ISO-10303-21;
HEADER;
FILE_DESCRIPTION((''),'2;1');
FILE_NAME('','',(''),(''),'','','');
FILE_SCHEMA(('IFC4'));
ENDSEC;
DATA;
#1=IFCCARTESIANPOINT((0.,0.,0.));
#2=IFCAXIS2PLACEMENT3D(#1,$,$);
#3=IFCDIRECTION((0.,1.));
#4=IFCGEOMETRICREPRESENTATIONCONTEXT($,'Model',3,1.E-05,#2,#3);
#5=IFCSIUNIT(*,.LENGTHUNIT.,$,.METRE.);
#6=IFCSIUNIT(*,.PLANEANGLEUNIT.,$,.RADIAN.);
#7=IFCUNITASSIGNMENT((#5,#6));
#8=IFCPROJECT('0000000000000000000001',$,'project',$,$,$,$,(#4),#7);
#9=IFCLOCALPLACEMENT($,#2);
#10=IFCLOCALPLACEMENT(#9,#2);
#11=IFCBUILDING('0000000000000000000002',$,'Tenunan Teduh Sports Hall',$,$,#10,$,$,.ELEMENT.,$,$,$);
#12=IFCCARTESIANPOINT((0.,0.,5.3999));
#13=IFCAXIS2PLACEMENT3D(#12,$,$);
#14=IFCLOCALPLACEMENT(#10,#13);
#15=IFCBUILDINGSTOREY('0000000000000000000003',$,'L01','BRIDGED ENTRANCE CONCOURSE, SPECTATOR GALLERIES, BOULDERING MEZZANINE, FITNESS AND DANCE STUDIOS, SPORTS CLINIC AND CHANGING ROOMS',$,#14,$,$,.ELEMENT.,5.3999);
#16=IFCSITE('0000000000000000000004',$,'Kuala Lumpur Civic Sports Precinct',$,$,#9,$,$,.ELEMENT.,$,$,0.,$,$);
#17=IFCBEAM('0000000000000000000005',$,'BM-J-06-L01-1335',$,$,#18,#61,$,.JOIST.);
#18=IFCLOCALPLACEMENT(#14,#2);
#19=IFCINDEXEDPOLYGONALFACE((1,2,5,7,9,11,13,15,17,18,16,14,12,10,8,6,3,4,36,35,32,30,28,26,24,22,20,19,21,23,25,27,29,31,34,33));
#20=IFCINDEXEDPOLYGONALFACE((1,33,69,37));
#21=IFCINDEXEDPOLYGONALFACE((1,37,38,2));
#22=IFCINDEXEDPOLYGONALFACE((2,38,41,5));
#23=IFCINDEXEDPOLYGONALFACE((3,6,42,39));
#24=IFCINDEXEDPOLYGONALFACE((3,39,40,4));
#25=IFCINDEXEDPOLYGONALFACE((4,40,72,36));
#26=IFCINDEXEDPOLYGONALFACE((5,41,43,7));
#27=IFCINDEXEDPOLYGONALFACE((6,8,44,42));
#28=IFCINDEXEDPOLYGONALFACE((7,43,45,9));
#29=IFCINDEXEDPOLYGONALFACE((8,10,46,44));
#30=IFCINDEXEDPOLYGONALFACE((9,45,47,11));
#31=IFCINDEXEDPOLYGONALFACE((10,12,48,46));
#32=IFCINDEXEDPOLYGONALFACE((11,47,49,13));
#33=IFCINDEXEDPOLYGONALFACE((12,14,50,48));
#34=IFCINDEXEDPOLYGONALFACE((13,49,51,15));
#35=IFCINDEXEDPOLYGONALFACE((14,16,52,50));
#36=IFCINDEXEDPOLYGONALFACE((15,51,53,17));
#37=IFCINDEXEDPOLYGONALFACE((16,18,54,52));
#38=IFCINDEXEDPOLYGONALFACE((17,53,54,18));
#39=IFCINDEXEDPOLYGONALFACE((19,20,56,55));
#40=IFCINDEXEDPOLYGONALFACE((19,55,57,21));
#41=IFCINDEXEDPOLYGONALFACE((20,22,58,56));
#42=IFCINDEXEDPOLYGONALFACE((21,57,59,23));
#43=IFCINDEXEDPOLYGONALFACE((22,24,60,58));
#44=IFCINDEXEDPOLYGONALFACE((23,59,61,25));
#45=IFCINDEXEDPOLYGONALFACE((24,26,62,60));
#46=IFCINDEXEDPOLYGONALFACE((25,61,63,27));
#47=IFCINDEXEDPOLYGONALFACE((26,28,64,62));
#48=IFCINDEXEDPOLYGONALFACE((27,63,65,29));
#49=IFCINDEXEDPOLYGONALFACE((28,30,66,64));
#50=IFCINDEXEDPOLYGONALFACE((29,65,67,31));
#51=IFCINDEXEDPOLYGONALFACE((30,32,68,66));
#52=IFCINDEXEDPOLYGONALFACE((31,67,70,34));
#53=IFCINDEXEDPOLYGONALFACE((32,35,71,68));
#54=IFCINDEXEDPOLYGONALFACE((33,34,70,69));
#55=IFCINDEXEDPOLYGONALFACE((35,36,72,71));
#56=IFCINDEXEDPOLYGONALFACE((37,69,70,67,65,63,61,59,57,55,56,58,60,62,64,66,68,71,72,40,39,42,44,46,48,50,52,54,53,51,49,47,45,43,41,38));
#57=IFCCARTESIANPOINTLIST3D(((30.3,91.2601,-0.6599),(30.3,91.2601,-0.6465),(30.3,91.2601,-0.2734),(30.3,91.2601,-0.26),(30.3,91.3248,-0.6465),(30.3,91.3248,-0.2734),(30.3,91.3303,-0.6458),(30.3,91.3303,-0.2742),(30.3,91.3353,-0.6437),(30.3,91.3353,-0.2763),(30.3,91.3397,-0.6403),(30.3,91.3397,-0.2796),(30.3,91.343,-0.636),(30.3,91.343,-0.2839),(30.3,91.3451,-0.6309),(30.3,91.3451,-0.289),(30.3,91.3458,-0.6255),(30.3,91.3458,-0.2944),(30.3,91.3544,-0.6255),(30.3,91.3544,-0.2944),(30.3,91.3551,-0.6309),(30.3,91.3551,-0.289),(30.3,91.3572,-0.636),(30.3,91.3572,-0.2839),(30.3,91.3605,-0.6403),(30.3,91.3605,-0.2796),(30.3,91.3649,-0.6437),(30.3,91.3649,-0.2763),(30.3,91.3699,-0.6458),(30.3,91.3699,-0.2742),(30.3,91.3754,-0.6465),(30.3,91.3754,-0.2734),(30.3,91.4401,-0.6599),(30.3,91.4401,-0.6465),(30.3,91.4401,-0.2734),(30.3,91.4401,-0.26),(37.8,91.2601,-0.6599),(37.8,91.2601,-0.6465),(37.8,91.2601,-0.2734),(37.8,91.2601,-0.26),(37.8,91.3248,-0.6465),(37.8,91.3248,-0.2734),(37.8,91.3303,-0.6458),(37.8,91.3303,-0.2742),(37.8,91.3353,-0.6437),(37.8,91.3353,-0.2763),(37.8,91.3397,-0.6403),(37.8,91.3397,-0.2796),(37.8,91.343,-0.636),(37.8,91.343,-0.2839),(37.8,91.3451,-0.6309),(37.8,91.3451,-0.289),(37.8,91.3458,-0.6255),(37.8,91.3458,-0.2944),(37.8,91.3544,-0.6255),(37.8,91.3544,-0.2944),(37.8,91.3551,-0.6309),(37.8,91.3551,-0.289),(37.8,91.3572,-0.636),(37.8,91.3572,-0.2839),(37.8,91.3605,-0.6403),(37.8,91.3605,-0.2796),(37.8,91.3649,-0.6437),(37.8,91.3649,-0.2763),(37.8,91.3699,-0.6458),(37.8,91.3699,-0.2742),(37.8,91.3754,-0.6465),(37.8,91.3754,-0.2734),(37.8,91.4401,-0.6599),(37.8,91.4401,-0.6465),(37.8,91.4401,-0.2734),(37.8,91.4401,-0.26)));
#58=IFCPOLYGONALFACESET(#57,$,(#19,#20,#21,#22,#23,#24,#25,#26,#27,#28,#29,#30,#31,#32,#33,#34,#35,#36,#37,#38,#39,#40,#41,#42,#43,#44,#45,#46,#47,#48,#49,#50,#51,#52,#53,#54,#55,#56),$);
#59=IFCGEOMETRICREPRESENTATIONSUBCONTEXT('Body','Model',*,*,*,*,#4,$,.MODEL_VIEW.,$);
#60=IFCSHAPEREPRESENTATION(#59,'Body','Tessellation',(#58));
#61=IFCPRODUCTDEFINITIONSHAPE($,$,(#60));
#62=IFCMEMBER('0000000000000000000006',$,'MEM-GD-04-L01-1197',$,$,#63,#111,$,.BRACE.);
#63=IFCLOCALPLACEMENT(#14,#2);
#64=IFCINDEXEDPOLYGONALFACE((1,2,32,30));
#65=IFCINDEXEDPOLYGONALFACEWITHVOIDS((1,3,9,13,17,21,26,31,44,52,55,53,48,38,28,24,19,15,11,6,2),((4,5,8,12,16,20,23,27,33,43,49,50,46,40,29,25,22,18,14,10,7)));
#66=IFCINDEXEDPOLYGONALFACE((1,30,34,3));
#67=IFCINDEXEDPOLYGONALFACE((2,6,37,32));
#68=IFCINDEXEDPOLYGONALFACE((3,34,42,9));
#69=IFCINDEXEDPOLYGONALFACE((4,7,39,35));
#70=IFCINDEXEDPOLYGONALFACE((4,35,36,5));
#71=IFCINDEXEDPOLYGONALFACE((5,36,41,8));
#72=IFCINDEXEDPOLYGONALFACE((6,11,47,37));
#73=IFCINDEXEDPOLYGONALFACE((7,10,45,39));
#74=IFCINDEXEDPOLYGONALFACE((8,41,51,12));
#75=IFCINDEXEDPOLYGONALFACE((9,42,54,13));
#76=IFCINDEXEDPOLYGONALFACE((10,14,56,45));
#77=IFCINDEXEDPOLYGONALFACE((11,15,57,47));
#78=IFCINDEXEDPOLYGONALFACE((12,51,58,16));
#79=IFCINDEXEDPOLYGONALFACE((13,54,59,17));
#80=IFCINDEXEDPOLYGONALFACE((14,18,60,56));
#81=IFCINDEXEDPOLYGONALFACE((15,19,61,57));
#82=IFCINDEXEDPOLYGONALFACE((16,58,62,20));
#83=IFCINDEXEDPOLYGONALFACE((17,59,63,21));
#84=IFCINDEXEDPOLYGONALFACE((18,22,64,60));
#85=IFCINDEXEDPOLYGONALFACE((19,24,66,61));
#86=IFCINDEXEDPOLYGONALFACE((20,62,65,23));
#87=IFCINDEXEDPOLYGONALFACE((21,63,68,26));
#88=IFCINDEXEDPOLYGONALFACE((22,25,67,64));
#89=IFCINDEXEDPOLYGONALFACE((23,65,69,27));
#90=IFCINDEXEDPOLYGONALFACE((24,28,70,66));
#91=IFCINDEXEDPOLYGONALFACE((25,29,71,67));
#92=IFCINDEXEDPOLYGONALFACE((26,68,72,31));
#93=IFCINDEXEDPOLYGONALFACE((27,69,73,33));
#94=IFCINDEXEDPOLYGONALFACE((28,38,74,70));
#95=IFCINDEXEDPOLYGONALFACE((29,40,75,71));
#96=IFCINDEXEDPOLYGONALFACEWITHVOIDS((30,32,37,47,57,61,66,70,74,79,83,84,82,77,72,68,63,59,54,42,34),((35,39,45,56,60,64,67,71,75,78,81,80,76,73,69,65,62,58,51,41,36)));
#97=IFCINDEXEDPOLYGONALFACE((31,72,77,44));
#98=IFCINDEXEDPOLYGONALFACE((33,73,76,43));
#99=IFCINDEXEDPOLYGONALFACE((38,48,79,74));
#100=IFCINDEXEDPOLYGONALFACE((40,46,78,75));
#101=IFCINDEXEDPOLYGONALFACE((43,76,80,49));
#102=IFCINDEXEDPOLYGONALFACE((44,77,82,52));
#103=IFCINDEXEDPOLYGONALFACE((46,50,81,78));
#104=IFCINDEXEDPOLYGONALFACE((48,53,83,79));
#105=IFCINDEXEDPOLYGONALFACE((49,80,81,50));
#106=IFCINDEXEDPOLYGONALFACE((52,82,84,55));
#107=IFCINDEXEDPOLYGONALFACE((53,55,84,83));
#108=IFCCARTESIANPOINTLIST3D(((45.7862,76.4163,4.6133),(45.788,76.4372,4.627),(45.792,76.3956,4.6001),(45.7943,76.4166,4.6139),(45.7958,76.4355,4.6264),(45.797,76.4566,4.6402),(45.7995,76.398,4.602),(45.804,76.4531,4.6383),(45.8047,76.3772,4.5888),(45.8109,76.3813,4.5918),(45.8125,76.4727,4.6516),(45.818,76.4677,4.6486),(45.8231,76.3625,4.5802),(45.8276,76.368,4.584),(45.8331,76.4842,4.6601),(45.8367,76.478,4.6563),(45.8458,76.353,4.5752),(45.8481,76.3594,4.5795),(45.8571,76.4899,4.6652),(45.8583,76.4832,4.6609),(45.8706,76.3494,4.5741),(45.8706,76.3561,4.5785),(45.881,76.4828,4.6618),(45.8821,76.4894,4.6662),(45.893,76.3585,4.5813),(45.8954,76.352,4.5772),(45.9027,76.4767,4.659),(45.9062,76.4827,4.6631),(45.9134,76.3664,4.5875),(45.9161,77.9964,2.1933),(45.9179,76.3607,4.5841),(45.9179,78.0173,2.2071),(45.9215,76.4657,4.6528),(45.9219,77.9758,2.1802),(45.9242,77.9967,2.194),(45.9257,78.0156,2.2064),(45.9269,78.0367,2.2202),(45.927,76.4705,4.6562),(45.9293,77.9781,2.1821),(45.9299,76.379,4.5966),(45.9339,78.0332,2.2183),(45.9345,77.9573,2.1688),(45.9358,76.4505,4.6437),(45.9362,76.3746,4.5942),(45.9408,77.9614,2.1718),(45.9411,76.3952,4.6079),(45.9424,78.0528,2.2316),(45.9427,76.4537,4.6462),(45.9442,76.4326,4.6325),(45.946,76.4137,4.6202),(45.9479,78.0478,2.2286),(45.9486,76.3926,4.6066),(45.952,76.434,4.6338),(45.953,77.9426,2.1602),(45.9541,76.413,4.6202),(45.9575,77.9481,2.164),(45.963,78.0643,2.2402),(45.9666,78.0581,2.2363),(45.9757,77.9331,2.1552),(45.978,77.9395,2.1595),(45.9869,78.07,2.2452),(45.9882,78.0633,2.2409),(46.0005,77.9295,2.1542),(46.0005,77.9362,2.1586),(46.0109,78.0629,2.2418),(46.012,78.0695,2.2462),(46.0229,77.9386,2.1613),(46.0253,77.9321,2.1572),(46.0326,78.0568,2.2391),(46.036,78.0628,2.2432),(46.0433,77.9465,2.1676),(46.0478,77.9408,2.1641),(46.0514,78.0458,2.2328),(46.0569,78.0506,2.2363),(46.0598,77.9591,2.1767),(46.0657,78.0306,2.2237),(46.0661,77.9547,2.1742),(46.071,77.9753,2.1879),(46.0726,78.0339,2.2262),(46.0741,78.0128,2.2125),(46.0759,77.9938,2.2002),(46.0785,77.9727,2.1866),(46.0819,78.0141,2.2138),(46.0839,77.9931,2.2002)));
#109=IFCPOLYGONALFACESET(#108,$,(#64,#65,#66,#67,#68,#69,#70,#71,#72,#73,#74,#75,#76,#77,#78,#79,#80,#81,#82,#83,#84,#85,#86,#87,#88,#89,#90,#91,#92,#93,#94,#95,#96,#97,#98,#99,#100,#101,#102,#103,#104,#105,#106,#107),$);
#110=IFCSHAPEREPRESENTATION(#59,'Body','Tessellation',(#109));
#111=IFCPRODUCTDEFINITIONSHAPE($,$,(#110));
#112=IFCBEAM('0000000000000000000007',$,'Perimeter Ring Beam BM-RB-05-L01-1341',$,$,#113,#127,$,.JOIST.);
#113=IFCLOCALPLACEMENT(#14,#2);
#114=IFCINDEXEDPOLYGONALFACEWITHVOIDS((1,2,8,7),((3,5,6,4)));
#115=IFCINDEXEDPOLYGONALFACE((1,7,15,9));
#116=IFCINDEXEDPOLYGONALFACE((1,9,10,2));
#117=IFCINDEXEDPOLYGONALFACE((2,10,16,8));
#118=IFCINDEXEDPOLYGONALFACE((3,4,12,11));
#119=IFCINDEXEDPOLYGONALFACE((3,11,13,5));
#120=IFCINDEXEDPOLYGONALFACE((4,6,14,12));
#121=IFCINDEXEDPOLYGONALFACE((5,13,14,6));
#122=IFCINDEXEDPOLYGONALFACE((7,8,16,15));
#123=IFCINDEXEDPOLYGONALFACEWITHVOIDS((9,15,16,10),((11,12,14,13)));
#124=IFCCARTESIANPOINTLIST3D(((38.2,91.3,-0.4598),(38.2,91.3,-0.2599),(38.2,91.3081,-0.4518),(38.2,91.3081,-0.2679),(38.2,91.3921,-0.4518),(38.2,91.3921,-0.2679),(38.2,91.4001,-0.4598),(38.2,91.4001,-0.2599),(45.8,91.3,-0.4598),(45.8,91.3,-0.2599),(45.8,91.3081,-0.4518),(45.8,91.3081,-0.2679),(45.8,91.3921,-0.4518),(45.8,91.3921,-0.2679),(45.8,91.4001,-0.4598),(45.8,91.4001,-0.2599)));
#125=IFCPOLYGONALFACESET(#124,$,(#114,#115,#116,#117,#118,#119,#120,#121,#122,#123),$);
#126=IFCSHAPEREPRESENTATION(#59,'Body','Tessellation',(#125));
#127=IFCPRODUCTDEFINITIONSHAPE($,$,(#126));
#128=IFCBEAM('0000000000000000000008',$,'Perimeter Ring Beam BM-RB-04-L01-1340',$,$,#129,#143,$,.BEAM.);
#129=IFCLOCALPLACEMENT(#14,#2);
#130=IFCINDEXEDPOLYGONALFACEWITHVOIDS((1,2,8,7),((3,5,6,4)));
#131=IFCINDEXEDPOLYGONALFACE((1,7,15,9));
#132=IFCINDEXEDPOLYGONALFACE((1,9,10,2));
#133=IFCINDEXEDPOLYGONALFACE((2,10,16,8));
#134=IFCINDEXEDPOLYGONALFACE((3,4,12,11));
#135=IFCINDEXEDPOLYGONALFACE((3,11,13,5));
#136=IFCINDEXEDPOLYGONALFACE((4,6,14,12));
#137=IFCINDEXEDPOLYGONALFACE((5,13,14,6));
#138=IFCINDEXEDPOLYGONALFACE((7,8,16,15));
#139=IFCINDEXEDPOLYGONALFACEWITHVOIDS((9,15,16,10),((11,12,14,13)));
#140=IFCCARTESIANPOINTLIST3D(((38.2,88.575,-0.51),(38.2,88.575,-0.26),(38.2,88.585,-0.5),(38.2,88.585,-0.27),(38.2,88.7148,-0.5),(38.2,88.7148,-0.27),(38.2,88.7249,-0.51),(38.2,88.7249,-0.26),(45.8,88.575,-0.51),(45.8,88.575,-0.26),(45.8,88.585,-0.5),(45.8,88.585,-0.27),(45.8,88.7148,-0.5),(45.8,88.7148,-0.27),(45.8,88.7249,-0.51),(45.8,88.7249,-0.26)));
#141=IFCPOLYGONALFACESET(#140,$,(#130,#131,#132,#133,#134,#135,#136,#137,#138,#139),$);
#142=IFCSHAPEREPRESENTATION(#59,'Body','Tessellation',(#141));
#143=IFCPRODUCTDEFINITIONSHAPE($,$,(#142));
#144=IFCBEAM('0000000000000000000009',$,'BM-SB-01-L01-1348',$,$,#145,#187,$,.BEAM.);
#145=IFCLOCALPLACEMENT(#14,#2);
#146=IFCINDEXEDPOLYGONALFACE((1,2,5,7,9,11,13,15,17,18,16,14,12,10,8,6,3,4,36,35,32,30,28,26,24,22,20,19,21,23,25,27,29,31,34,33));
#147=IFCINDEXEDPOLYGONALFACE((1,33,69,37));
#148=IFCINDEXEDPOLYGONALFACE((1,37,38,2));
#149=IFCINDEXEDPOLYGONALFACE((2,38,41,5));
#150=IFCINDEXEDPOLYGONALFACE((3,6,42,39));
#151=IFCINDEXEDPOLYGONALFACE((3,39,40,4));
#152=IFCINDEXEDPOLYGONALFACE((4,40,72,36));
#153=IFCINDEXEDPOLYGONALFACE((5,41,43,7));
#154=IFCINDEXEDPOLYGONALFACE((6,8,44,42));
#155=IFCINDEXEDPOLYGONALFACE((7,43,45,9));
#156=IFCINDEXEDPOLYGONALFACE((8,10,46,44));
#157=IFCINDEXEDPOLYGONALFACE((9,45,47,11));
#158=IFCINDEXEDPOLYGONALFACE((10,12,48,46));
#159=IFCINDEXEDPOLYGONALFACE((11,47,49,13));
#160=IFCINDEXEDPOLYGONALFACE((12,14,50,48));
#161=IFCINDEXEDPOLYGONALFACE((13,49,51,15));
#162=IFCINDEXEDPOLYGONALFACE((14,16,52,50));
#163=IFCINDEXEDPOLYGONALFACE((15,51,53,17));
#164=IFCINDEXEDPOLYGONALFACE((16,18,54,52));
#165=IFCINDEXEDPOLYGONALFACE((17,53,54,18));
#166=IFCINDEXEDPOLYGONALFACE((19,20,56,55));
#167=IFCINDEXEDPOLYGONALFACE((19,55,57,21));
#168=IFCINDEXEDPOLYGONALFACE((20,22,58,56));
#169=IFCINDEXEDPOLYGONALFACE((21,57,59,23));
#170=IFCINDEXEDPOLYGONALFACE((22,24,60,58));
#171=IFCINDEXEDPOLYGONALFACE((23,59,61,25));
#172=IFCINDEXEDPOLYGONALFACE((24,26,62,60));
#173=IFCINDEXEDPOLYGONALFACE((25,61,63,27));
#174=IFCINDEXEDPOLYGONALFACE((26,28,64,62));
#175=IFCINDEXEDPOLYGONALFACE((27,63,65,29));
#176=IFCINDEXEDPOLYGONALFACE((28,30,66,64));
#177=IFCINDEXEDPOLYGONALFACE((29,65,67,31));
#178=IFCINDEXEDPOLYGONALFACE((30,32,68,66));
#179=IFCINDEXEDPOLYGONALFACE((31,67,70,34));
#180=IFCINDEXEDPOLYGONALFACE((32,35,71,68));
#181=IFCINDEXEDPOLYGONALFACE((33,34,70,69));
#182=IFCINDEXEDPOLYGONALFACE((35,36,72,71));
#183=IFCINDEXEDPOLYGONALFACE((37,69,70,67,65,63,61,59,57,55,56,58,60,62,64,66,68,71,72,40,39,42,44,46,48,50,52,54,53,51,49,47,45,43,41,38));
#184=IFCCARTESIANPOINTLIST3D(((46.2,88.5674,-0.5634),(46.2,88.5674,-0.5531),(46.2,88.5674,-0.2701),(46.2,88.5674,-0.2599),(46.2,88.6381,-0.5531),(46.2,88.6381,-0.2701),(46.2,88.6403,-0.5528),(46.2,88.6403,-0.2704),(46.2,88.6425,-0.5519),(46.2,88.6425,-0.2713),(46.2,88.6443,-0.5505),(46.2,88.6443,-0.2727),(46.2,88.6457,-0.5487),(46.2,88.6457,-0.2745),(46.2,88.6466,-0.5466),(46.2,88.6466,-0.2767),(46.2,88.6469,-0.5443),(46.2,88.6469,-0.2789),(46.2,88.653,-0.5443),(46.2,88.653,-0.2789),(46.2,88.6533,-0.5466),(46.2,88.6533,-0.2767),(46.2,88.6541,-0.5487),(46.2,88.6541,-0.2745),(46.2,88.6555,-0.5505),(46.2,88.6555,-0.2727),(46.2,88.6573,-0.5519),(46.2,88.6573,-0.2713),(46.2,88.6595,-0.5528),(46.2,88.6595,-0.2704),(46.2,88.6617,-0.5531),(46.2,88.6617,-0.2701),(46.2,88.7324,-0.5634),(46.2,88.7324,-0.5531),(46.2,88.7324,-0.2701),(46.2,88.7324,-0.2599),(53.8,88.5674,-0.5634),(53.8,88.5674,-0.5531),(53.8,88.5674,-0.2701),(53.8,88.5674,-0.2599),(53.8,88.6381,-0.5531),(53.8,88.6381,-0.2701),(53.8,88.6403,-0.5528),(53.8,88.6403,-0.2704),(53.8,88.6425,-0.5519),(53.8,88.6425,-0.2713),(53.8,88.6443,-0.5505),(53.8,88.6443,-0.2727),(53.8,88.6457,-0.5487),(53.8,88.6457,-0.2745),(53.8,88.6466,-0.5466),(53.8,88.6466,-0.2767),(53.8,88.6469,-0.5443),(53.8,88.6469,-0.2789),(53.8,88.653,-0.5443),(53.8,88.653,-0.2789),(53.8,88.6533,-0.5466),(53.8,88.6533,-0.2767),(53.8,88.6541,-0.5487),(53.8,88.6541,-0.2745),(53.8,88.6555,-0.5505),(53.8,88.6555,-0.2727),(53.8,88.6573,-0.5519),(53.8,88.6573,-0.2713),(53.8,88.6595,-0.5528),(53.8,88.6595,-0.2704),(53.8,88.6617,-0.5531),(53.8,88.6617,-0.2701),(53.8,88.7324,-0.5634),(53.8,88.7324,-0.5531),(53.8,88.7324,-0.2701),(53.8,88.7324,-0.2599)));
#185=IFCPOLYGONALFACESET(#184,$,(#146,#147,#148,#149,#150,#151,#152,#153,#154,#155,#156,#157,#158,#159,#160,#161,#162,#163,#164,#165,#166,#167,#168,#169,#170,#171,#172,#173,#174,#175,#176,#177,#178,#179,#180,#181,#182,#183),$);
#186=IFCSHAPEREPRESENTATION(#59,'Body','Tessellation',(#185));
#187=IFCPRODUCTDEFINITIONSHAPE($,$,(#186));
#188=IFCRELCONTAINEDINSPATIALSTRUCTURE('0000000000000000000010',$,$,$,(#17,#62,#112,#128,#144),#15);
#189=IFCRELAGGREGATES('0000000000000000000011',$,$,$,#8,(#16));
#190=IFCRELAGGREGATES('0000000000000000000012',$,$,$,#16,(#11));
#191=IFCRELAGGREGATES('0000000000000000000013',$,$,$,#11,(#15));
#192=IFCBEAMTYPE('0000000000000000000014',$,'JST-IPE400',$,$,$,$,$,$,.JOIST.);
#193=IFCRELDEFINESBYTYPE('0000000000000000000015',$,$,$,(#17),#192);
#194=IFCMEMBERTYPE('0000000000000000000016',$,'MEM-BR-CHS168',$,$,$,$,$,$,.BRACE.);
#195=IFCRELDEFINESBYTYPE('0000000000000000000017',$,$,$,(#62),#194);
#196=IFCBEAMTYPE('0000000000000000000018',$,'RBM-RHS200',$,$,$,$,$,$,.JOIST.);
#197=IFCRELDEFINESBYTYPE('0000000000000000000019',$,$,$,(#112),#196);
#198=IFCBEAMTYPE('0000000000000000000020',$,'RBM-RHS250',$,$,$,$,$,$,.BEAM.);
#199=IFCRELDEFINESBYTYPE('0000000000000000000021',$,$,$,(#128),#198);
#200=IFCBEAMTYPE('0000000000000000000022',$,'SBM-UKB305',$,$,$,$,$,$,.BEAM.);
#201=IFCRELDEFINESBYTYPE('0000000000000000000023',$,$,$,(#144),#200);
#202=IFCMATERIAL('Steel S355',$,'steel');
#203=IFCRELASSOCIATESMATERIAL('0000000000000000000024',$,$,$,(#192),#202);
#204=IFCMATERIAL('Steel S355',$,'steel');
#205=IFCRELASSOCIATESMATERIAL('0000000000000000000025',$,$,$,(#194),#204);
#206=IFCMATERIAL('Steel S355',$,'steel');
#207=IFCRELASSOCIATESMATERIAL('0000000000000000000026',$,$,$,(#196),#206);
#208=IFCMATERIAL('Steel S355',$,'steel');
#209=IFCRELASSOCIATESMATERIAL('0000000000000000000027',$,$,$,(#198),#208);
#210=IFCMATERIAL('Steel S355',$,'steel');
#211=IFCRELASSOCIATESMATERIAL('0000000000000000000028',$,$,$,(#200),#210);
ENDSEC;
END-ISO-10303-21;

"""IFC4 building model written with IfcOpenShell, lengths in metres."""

from ifc_helpers import new_model, si_unit, direction, frame, origin, origin_2d, place, context, subcontext, project, spatial, hollow_rectangle, hollow_circle, i_section, extrude, material, material_profile, profile_set, type_object, element, save


model = new_model("IFC4")

# Units and contexts
model_context = context("Model", 3, precision=1e-05, world=origin(), true_north=direction((0.0, 1.0)))
body_context = subcontext(model_context, "Body", "Model", "MODEL_VIEW")
ifc_project = project(units=[si_unit("LENGTHUNIT", "METRE"), si_unit("PLANEANGLEUNIT", "RADIAN")], contexts=[model_context])

# Site, building, storey
site_placement = place(None, origin())
site = spatial("IfcSite", under=ifc_project, at=site_placement, Name="Kuala Lumpur Civic Sports Precinct", CompositionType="ELEMENT", RefElevation=0.0)
building_placement = place(site_placement, origin())
building = spatial("IfcBuilding", under=site, at=building_placement, Name="Tenunan Teduh Sports Hall", CompositionType="ELEMENT")
storey_placement = place(building_placement, frame((0.0, 0.0, 5.3999)))
storey = spatial("IfcBuildingStorey", under=building, at=storey_placement, Name="L01", Description="BRIDGED ENTRANCE CONCOURSE, SPECTATOR GALLERIES, BOULDERING MEZZANINE, FITNESS AND DANCE STUDIOS, SPORTS CLINIC AND CHANGING ROOMS", CompositionType="ELEMENT", Elevation=5.3999)

# Beam
ifc_material_1 = material(Name="Steel S355", Category="steel")
ifc_material_profile_1 = material_profile(ifc_material_1, i_section(OverallWidth=0.1799, OverallDepth=0.3999, WebThickness=0.0085, FlangeThickness=0.0134, FilletRadius=0.021, at=origin_2d()), Name="IPE 400")
ifc_profile_set_1 = profile_set([ifc_material_profile_1], Name="Steel S355")
beam_type_1 = type_object("IfcBeamType", Name="JST-IPE400", PredefinedType="JOIST", material=ifc_profile_set_1)
beam_1_placement = place(storey_placement, frame((30.3, 91.3501, -0.46), z_axis=(1.0, 0.0, 0.0), x_axis=(0.0, 1.0, 0.0)))
element("IfcBeam", 1, at=beam_1_placement, inside=storey, type_object=beam_type_1, Name="BM-J-06-L01-1335", PredefinedType="JOIST", context=body_context, shape_type="SweptSolid", body=[
    extrude(i_section(OverallWidth=0.1799, OverallDepth=0.3999, WebThickness=0.0085, FlangeThickness=0.0134, FilletRadius=0.021, at=origin_2d()), origin(), (0.0, 0.0, 1.0), 7.5),
])

# Member
ifc_material_2 = material(Name="Steel S355", Category="steel")
ifc_material_profile_2 = material_profile(ifc_material_2, hollow_circle(Radius=0.0842, WallThickness=0.0081, at=origin_2d()), Name="CHS 168.3x8.0")
ifc_profile_set_2 = profile_set([ifc_material_profile_2], Name="Steel S355")
member_type_1 = type_object("IfcMemberType", Name="MEM-BR-CHS168", PredefinedType="BRACE", material=ifc_profile_set_2)
member_1_placement = place(storey_placement, frame((46.0, 78.0, 2.2002), z_axis=(-0.044895, -0.54617, 0.83647), x_axis=(0.996639, -0.081924, 0.0)))
element("IfcMember", 2, at=member_1_placement, inside=storey, type_object=member_type_1, Name="MEM-GD-04-L01-1197", PredefinedType="BRACE", context=body_context, shape_type="SweptSolid", body=[
    extrude(hollow_circle(Radius=0.0842, WallThickness=0.0081, at=origin_2d()), origin(), (0.0, 0.0, 1.0), 2.8931),
])

# Beams
ifc_material_3 = material(Name="Steel S355", Category="steel")
ifc_material_profile_3 = material_profile(ifc_material_3, hollow_rectangle(XDim=0.1001, YDim=0.2, WallThickness=0.0081, at=origin_2d()), Name="RHS 200x100x8.0")
ifc_profile_set_3 = profile_set([ifc_material_profile_3], Name="Steel S355")
beam_type_2 = type_object("IfcBeamType", Name="RBM-RHS200", PredefinedType="JOIST", material=ifc_profile_set_3)
beam_2_placement = place(storey_placement, frame((38.2, 91.3501, -0.3599), z_axis=(1.0, 0.0, 0.0), x_axis=(0.0, 1.0, 0.0)))
element("IfcBeam", 3, at=beam_2_placement, inside=storey, type_object=beam_type_2, Name="Perimeter Ring Beam BM-RB-05-L01-1341", PredefinedType="JOIST", context=body_context, shape_type="SweptSolid", body=[
    extrude(hollow_rectangle(XDim=0.1001, YDim=0.2, WallThickness=0.0081, at=origin_2d()), origin(), (0.0, 0.0, 1.0), 7.6001),
])
ifc_material_4 = material(Name="Steel S355", Category="steel")
ifc_material_profile_4 = material_profile(ifc_material_4, hollow_rectangle(XDim=0.1499, YDim=0.25, WallThickness=0.01, at=origin_2d()), Name="RHS 250x150x10.0")
ifc_profile_set_4 = profile_set([ifc_material_profile_4], Name="Steel S355")
beam_type_3 = type_object("IfcBeamType", Name="RBM-RHS250", PredefinedType="BEAM", material=ifc_profile_set_4)
beam_3_placement = place(storey_placement, frame((38.2, 88.6499, -0.385), z_axis=(1.0, 0.0, 0.0), x_axis=(0.0, 1.0, 0.0)))
element("IfcBeam", 4, at=beam_3_placement, inside=storey, type_object=beam_type_3, Name="Perimeter Ring Beam BM-RB-04-L01-1340", PredefinedType="BEAM", context=body_context, shape_type="SweptSolid", body=[
    extrude(hollow_rectangle(XDim=0.1499, YDim=0.25, WallThickness=0.01, at=origin_2d()), origin(), (0.0, 0.0, 1.0), 7.6001),
])
ifc_material_5 = material(Name="Steel S355", Category="steel")
ifc_material_profile_5 = material_profile(ifc_material_5, i_section(OverallWidth=0.165, OverallDepth=0.3035, WebThickness=0.0061, FlangeThickness=0.0103, FilletRadius=0.0088, at=origin_2d()), Name="UKB 305x165x40")
ifc_profile_set_5 = profile_set([ifc_material_profile_5], Name="Steel S355")
beam_type_4 = type_object("IfcBeamType", Name="SBM-UKB305", PredefinedType="BEAM", material=ifc_profile_set_5)
beam_4_placement = place(storey_placement, frame((46.2, 88.6499, -0.4116), z_axis=(1.0, 0.0, 0.0), x_axis=(0.0, 1.0, 0.0)))
element("IfcBeam", 5, at=beam_4_placement, inside=storey, type_object=beam_type_4, Name="BM-SB-01-L01-1348", PredefinedType="BEAM", context=body_context, shape_type="SweptSolid", body=[
    extrude(i_section(OverallWidth=0.165, OverallDepth=0.3035, WebThickness=0.0061, FlangeThickness=0.0103, FilletRadius=0.0088, at=origin_2d()), origin(), (0.0, 0.0, 1.0), 7.6001),
])

save(model, "model.ifc")
